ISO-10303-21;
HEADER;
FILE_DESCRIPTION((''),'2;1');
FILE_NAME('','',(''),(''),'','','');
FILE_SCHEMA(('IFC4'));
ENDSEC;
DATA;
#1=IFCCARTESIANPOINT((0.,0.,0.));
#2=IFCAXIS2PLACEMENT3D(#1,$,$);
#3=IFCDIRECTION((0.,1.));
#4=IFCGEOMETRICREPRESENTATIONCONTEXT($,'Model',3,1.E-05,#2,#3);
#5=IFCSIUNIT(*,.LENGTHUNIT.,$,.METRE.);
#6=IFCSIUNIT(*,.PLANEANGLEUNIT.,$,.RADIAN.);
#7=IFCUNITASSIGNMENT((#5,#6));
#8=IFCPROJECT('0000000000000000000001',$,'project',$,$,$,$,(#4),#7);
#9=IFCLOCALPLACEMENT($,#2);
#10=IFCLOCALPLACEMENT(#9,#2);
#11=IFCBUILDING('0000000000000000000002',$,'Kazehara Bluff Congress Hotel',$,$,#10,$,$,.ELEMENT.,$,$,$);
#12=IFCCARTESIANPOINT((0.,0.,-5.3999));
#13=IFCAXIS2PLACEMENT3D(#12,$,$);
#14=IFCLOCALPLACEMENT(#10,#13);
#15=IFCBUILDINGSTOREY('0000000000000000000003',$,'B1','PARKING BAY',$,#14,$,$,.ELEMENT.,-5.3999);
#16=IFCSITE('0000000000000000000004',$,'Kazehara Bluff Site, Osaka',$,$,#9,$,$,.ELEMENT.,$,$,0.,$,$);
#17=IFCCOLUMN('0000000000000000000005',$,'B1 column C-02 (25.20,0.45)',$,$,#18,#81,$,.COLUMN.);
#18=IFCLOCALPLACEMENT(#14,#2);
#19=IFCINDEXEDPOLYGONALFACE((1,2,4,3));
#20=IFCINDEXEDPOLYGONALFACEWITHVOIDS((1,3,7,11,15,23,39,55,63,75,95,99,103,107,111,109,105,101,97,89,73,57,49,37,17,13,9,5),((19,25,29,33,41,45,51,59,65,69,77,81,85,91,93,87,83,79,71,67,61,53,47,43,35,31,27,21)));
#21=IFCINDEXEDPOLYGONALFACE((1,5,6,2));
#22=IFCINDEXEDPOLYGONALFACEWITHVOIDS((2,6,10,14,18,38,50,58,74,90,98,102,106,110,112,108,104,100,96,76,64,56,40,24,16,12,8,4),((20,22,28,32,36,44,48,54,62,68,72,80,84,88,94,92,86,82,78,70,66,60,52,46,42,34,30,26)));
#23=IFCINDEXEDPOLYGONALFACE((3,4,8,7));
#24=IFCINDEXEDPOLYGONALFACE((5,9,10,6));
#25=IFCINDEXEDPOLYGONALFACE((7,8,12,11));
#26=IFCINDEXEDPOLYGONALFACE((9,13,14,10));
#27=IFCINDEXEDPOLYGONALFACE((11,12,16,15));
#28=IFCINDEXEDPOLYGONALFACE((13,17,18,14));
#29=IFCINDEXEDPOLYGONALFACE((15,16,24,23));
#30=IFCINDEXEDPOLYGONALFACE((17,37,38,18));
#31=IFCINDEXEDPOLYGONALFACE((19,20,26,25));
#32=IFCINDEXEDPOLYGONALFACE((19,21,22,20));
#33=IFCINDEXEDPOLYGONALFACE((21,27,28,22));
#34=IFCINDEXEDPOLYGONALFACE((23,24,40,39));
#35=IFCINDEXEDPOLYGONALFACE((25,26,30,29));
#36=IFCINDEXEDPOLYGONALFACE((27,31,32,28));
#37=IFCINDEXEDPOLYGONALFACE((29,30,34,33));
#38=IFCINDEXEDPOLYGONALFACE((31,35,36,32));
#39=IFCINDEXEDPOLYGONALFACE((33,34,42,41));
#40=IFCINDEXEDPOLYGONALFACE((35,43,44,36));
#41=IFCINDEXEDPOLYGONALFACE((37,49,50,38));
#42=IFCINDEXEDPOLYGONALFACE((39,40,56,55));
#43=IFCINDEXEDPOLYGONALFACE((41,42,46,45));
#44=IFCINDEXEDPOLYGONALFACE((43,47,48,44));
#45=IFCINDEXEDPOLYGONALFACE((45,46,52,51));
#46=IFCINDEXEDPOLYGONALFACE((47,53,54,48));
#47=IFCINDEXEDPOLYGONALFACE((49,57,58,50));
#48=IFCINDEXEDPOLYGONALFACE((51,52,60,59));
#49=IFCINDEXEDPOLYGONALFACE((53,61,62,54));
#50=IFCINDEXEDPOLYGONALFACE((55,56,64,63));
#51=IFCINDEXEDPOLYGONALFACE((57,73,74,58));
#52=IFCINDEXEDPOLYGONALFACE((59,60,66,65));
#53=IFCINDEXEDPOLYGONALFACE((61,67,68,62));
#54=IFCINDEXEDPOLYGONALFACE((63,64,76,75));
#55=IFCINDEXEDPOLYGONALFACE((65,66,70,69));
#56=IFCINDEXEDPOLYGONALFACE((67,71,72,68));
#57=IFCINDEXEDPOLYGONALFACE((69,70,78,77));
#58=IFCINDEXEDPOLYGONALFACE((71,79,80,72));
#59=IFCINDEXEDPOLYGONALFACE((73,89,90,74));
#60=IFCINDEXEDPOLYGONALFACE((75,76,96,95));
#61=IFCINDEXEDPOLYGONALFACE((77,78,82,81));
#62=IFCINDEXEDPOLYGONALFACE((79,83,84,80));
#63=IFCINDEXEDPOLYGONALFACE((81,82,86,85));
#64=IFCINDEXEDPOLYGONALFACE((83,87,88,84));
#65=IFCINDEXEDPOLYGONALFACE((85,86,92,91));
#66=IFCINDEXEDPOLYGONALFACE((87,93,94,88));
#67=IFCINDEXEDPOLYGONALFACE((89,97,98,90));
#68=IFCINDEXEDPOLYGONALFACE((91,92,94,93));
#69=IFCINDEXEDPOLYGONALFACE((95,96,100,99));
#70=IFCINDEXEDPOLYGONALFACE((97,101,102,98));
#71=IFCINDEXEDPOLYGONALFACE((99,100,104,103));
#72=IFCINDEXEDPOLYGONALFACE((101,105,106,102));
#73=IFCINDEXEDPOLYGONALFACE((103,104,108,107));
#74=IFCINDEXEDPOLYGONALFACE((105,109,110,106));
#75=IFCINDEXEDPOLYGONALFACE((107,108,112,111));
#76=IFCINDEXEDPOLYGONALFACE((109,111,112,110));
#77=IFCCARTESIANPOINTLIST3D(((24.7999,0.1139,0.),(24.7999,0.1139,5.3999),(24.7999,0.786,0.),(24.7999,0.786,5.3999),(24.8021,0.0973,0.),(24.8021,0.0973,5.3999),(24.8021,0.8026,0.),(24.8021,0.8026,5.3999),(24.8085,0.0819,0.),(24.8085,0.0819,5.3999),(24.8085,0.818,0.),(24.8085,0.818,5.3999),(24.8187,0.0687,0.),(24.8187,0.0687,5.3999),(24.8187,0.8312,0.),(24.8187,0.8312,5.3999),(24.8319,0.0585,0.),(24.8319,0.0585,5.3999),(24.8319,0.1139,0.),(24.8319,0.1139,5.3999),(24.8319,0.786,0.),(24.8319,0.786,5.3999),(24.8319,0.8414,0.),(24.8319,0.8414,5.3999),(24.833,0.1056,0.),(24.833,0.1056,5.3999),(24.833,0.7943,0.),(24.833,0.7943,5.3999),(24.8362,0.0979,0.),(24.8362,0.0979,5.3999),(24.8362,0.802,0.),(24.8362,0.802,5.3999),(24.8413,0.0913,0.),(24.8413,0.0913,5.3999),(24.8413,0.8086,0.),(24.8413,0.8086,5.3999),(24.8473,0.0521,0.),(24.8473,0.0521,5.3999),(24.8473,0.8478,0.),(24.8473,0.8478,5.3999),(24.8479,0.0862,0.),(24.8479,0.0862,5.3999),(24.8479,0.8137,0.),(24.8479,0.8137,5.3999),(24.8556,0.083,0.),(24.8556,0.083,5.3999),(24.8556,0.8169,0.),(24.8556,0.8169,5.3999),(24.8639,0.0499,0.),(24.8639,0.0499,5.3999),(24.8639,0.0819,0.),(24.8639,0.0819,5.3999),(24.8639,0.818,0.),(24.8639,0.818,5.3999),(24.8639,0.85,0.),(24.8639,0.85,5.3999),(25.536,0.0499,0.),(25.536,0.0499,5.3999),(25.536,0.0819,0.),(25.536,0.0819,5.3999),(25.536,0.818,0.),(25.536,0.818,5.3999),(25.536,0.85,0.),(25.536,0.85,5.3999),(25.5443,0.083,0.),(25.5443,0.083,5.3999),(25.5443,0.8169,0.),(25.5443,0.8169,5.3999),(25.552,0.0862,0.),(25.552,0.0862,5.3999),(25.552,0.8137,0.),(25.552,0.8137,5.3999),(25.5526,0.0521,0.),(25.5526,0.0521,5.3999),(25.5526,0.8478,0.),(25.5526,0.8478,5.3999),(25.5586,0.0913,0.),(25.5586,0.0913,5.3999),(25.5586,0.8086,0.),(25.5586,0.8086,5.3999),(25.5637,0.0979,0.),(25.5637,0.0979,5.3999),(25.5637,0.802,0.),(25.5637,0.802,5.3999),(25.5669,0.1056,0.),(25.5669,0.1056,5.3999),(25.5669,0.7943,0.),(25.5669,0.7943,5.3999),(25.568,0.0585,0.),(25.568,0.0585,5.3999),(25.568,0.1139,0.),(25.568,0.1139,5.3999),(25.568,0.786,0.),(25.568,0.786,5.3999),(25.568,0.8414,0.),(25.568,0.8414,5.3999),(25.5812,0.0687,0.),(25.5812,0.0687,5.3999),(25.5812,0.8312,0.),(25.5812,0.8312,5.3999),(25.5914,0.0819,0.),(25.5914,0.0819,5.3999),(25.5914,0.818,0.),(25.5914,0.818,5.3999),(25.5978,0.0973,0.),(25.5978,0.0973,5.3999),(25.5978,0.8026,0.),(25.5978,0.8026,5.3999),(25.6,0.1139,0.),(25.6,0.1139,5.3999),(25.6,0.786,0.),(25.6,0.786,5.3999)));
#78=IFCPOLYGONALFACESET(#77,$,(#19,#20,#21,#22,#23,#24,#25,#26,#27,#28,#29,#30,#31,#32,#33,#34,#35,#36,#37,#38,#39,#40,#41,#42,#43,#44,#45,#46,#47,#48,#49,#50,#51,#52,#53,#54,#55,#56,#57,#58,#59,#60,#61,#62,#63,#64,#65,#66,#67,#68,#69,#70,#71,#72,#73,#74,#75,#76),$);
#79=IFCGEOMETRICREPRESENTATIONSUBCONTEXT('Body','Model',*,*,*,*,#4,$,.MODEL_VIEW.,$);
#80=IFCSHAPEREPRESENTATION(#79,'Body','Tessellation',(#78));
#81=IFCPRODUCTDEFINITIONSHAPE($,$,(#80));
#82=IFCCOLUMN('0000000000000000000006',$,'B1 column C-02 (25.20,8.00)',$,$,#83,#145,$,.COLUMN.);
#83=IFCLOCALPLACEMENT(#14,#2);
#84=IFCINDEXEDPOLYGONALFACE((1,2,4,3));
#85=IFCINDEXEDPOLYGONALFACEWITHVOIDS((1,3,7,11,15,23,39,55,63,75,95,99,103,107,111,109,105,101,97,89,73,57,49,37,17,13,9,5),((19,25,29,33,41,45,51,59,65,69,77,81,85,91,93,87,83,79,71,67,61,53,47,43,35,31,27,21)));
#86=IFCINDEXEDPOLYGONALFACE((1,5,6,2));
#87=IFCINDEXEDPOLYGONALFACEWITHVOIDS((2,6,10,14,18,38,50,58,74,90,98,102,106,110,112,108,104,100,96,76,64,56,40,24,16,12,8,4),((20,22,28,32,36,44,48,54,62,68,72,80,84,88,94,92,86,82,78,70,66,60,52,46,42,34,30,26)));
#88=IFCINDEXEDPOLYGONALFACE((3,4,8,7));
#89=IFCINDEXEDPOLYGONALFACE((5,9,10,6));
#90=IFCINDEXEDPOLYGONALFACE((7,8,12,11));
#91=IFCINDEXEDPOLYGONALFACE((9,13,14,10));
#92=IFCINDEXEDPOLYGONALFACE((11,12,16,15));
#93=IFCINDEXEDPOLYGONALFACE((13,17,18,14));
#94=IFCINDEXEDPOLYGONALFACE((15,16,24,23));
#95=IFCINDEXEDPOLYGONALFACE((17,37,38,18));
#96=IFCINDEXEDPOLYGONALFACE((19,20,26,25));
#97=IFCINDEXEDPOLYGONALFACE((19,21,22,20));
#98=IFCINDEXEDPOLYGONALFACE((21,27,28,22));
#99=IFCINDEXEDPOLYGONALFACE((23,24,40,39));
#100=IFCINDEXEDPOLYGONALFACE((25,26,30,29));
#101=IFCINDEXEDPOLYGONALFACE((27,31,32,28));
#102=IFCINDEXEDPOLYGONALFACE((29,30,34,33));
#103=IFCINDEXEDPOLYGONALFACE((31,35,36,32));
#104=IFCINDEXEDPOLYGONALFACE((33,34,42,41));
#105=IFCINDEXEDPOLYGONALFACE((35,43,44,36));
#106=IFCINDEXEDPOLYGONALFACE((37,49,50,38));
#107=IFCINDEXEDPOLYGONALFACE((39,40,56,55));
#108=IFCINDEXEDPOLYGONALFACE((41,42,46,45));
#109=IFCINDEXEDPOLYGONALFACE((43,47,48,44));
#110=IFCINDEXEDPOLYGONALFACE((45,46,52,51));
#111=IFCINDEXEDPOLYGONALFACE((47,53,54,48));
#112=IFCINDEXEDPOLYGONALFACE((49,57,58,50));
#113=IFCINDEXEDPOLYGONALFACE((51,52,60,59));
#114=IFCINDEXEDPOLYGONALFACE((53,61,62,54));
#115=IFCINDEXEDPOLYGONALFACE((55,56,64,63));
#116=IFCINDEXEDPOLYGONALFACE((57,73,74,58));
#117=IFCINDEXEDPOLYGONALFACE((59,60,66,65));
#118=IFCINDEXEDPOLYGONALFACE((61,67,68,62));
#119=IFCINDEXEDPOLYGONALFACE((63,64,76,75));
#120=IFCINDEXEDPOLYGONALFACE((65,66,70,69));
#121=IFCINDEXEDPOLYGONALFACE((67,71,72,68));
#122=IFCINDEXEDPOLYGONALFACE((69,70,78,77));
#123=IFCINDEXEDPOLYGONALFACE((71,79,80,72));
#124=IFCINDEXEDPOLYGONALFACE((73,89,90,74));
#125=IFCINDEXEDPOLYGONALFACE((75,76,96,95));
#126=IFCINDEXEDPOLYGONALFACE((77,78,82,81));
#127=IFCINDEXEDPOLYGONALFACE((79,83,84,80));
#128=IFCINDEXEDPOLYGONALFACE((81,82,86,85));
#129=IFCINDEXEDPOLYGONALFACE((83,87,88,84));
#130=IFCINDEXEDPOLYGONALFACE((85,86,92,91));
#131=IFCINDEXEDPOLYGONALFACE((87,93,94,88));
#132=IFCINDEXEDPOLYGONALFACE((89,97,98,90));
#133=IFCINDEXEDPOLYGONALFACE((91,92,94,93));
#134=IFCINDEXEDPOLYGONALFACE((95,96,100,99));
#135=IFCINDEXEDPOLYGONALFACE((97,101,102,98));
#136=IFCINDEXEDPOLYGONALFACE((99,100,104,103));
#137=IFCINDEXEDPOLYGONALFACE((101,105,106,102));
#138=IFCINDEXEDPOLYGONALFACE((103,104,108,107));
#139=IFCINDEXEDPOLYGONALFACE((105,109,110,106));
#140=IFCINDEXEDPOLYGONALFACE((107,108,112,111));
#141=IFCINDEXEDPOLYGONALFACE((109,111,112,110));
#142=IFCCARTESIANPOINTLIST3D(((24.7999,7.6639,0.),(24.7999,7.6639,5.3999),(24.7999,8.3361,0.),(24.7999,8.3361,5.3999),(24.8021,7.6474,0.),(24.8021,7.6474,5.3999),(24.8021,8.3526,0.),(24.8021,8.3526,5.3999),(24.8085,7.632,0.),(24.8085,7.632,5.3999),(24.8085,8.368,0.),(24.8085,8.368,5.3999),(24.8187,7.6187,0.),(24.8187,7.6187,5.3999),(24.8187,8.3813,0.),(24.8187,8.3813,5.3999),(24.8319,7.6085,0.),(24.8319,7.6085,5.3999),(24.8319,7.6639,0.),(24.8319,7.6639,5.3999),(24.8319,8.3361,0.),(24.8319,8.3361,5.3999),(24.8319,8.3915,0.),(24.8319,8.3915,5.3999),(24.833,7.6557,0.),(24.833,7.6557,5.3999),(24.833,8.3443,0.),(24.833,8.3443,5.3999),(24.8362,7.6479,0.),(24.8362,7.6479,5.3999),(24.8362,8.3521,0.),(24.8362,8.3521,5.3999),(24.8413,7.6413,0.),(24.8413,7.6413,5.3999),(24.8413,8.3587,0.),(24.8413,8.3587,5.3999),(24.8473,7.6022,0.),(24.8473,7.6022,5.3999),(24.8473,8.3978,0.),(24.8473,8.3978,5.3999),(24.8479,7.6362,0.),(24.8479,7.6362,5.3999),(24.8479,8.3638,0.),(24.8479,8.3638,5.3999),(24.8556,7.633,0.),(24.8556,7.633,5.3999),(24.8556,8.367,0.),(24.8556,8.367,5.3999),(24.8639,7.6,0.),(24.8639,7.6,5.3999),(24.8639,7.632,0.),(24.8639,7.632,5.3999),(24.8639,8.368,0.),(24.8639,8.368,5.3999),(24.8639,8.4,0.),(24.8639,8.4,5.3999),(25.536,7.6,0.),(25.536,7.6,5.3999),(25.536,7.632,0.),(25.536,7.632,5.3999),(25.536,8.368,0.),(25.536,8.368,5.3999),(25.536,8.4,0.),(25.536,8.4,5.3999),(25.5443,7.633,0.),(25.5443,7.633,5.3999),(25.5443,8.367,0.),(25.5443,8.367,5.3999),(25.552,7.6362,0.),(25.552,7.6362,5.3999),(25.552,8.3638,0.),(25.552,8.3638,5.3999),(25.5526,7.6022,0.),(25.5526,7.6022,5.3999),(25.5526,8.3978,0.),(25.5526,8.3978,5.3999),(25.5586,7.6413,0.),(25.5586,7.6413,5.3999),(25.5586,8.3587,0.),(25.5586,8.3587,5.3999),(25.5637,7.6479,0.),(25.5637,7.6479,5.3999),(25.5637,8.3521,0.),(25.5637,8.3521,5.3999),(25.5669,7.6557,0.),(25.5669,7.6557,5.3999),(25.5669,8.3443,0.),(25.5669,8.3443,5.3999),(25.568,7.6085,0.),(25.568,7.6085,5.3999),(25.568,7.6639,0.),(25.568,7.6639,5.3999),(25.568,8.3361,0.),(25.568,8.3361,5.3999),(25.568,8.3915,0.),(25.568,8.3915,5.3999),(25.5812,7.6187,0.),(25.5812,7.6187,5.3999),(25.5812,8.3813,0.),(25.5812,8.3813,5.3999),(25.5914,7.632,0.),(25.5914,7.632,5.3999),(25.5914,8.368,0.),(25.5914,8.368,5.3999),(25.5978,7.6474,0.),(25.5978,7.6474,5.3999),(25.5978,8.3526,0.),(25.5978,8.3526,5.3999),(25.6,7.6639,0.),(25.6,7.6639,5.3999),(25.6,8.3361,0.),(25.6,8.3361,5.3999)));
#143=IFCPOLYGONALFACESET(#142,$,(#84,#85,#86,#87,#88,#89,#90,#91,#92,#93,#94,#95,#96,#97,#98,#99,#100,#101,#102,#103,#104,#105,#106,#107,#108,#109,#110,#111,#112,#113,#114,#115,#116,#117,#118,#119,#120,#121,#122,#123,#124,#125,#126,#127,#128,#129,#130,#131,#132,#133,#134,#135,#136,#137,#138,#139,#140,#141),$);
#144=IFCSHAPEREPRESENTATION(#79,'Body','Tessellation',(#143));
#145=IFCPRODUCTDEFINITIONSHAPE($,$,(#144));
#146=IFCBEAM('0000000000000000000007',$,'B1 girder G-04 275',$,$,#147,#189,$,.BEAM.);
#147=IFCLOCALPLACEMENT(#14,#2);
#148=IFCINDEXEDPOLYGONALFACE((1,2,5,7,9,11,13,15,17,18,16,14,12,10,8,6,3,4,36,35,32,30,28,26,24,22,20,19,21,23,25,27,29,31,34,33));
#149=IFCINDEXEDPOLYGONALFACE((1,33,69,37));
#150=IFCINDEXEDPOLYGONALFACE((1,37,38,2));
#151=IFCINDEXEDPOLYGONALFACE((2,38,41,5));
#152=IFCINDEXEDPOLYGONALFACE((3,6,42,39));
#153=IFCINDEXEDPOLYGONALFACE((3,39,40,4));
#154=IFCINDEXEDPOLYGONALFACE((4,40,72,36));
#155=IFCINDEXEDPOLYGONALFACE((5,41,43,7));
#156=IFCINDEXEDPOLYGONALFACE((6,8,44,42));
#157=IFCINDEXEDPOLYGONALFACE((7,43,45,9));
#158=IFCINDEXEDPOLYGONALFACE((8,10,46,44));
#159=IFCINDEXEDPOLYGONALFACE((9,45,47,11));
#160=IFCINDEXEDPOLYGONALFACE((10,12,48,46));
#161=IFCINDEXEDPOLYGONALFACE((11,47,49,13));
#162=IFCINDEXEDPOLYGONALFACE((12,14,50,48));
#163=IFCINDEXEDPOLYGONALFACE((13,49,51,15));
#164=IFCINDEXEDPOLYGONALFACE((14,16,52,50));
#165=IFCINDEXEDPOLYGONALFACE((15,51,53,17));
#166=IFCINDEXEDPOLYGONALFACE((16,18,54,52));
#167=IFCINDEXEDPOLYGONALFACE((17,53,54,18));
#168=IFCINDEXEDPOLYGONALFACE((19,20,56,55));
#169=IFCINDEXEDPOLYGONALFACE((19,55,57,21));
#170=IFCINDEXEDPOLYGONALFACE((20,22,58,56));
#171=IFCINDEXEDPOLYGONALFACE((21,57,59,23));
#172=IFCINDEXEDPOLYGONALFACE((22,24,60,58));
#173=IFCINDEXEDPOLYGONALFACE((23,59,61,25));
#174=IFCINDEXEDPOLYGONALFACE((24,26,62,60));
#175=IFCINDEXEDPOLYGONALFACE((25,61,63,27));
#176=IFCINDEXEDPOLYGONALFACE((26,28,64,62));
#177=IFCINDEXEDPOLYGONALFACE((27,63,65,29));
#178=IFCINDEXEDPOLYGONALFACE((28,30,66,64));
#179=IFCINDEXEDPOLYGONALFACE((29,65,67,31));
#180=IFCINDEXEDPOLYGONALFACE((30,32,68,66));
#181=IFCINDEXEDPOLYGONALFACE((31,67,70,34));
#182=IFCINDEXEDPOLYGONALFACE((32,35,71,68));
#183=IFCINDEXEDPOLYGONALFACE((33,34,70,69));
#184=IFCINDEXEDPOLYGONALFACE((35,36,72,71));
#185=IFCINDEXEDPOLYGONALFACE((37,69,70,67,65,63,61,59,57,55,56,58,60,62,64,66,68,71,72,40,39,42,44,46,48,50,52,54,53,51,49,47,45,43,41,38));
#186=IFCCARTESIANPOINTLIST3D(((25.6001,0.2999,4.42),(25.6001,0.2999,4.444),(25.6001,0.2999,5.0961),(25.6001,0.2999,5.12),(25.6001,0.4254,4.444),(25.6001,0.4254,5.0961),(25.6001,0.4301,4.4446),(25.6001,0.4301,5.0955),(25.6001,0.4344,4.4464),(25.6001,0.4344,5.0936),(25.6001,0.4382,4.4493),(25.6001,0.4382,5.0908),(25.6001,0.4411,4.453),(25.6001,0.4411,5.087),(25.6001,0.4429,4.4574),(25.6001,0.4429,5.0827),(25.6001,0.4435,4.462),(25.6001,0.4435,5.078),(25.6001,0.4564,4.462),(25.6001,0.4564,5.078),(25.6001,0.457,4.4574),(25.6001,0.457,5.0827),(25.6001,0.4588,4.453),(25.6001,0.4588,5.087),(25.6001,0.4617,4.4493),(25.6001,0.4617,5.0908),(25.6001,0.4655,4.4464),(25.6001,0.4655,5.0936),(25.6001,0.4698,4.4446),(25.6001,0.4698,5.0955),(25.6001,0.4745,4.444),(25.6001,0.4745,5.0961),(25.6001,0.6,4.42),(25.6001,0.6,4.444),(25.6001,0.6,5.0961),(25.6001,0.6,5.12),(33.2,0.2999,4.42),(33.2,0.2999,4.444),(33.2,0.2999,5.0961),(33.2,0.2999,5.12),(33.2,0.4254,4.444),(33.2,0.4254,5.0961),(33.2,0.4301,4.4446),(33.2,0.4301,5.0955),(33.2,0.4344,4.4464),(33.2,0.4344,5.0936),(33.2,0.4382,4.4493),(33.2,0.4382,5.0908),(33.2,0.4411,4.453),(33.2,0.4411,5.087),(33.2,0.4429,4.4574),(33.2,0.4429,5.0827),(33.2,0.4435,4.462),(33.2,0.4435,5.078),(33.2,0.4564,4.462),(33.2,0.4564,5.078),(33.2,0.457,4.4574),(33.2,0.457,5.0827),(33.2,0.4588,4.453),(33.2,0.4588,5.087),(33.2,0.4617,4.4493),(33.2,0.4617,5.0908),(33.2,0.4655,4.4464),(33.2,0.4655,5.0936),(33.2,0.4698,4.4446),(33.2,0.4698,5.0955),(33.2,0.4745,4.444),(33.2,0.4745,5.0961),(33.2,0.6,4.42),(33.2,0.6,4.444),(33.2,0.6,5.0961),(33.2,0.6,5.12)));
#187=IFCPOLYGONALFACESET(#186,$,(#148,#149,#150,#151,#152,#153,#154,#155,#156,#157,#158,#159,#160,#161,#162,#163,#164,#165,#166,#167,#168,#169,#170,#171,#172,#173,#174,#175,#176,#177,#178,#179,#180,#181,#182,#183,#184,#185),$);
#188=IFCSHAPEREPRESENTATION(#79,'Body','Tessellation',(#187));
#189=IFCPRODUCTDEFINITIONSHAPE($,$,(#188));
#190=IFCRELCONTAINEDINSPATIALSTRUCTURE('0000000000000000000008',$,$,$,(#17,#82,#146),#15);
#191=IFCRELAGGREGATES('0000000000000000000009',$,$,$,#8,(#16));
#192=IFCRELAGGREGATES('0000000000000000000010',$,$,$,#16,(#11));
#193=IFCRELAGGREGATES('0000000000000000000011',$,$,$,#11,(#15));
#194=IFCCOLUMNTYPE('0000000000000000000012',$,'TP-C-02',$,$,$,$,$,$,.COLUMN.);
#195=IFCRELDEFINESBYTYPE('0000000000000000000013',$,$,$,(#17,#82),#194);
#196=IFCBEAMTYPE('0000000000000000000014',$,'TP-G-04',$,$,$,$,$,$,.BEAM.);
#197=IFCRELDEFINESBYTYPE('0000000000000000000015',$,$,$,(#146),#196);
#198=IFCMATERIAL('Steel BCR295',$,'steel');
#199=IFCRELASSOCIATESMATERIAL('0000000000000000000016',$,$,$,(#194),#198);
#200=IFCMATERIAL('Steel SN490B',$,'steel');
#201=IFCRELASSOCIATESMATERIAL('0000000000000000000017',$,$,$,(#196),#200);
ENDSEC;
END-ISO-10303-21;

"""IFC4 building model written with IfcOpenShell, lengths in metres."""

from ifc_helpers import new_model, si_unit, direction, frame, origin, origin_2d, place, context, subcontext, project, spatial, hollow_rectangle, i_section, extrude, material, material_profile, profile_set, type_object, element, save


model = new_model("IFC4")

# Units and contexts
model_context = context("Model", 3, precision=1e-05, world=origin(), true_north=direction((0.0, 1.0)))
body_context = subcontext(model_context, "Body", "Model", "MODEL_VIEW")
ifc_project = project(units=[si_unit("LENGTHUNIT", "METRE"), si_unit("PLANEANGLEUNIT", "RADIAN")], contexts=[model_context])

# Site, building, storey
site_placement = place(None, origin())
site = spatial("IfcSite", under=ifc_project, at=site_placement, Name="Kazehara Bluff Site, Osaka", CompositionType="ELEMENT", RefElevation=0.0)
building_placement = place(site_placement, origin())
building = spatial("IfcBuilding", under=site, at=building_placement, Name="Kazehara Bluff Congress Hotel", CompositionType="ELEMENT")
storey_placement = place(building_placement, frame((0.0, 0.0, -5.3999)))
storey = spatial("IfcBuildingStorey", under=building, at=storey_placement, Name="B1", Description="PARKING BAY", CompositionType="ELEMENT", Elevation=-5.3999)

# Columns
ifc_material_1 = material(Name="Steel BCR295", Category="steel")
ifc_material_profile_1 = material_profile(ifc_material_1, hollow_rectangle(XDim=0.8, YDim=0.8, WallThickness=0.032, InnerFilletRadius=0.032, OuterFilletRadius=0.064, at=origin_2d()))
ifc_profile_set_1 = profile_set([ifc_material_profile_1], Name="Steel BCR295")
column_type = type_object("IfcColumnType", Name="TP-C-02", PredefinedType="COLUMN", material=ifc_profile_set_1)
for number, where, z_axis, x_axis, name in (
    (1, (25.2, 0.45, 0.0), (0.0, 0.0, 1.0), (1.0, 0.0, 0.0), "B1 column C-02 (25.20,0.45)"),
    (2, (25.2, 8.0, 0.0), (0.0, 0.0, 1.0), (1.0, 0.0, 0.0), "B1 column C-02 (25.20,8.00)"),
):
    element("IfcColumn", number, at=place(storey_placement, frame(where, z_axis=z_axis, x_axis=x_axis)), inside=storey, type_object=column_type, Name=name, PredefinedType="COLUMN", context=body_context, shape_type="SweptSolid", body=[
        extrude(hollow_rectangle(XDim=0.8, YDim=0.8, WallThickness=0.032, InnerFilletRadius=0.032, OuterFilletRadius=0.064, at=origin_2d()), origin(), (0.0, 0.0, 1.0), 5.3999),
    ])

# Beam
ifc_material_2 = material(Name="Steel SN490B", Category="steel")
ifc_material_profile_2 = material_profile(ifc_material_2, i_section(OverallWidth=0.3, OverallDepth=0.7, WebThickness=0.0129, FlangeThickness=0.0239, FilletRadius=0.0181, at=origin_2d()))
ifc_profile_set_2 = profile_set([ifc_material_profile_2], Name="Steel SN490B")
beam_type_1 = type_object("IfcBeamType", Name="TP-G-04", PredefinedType="BEAM", material=ifc_profile_set_2)
beam_1_placement = place(storey_placement, frame((25.6001, 0.45, 4.77), z_axis=(1.0, 0.0, 0.0), x_axis=(0.0, 1.0, 0.0)))
element("IfcBeam", 3, at=beam_1_placement, inside=storey, type_object=beam_type_1, Name="B1 girder G-04 275", PredefinedType="BEAM", context=body_context, shape_type="SweptSolid", body=[
    extrude(i_section(OverallWidth=0.3, OverallDepth=0.7, WebThickness=0.0129, FlangeThickness=0.0239, FilletRadius=0.0181, at=origin_2d()), origin(), (0.0, 0.0, 1.0), 7.5999),
])

save(model, "model.ifc")
